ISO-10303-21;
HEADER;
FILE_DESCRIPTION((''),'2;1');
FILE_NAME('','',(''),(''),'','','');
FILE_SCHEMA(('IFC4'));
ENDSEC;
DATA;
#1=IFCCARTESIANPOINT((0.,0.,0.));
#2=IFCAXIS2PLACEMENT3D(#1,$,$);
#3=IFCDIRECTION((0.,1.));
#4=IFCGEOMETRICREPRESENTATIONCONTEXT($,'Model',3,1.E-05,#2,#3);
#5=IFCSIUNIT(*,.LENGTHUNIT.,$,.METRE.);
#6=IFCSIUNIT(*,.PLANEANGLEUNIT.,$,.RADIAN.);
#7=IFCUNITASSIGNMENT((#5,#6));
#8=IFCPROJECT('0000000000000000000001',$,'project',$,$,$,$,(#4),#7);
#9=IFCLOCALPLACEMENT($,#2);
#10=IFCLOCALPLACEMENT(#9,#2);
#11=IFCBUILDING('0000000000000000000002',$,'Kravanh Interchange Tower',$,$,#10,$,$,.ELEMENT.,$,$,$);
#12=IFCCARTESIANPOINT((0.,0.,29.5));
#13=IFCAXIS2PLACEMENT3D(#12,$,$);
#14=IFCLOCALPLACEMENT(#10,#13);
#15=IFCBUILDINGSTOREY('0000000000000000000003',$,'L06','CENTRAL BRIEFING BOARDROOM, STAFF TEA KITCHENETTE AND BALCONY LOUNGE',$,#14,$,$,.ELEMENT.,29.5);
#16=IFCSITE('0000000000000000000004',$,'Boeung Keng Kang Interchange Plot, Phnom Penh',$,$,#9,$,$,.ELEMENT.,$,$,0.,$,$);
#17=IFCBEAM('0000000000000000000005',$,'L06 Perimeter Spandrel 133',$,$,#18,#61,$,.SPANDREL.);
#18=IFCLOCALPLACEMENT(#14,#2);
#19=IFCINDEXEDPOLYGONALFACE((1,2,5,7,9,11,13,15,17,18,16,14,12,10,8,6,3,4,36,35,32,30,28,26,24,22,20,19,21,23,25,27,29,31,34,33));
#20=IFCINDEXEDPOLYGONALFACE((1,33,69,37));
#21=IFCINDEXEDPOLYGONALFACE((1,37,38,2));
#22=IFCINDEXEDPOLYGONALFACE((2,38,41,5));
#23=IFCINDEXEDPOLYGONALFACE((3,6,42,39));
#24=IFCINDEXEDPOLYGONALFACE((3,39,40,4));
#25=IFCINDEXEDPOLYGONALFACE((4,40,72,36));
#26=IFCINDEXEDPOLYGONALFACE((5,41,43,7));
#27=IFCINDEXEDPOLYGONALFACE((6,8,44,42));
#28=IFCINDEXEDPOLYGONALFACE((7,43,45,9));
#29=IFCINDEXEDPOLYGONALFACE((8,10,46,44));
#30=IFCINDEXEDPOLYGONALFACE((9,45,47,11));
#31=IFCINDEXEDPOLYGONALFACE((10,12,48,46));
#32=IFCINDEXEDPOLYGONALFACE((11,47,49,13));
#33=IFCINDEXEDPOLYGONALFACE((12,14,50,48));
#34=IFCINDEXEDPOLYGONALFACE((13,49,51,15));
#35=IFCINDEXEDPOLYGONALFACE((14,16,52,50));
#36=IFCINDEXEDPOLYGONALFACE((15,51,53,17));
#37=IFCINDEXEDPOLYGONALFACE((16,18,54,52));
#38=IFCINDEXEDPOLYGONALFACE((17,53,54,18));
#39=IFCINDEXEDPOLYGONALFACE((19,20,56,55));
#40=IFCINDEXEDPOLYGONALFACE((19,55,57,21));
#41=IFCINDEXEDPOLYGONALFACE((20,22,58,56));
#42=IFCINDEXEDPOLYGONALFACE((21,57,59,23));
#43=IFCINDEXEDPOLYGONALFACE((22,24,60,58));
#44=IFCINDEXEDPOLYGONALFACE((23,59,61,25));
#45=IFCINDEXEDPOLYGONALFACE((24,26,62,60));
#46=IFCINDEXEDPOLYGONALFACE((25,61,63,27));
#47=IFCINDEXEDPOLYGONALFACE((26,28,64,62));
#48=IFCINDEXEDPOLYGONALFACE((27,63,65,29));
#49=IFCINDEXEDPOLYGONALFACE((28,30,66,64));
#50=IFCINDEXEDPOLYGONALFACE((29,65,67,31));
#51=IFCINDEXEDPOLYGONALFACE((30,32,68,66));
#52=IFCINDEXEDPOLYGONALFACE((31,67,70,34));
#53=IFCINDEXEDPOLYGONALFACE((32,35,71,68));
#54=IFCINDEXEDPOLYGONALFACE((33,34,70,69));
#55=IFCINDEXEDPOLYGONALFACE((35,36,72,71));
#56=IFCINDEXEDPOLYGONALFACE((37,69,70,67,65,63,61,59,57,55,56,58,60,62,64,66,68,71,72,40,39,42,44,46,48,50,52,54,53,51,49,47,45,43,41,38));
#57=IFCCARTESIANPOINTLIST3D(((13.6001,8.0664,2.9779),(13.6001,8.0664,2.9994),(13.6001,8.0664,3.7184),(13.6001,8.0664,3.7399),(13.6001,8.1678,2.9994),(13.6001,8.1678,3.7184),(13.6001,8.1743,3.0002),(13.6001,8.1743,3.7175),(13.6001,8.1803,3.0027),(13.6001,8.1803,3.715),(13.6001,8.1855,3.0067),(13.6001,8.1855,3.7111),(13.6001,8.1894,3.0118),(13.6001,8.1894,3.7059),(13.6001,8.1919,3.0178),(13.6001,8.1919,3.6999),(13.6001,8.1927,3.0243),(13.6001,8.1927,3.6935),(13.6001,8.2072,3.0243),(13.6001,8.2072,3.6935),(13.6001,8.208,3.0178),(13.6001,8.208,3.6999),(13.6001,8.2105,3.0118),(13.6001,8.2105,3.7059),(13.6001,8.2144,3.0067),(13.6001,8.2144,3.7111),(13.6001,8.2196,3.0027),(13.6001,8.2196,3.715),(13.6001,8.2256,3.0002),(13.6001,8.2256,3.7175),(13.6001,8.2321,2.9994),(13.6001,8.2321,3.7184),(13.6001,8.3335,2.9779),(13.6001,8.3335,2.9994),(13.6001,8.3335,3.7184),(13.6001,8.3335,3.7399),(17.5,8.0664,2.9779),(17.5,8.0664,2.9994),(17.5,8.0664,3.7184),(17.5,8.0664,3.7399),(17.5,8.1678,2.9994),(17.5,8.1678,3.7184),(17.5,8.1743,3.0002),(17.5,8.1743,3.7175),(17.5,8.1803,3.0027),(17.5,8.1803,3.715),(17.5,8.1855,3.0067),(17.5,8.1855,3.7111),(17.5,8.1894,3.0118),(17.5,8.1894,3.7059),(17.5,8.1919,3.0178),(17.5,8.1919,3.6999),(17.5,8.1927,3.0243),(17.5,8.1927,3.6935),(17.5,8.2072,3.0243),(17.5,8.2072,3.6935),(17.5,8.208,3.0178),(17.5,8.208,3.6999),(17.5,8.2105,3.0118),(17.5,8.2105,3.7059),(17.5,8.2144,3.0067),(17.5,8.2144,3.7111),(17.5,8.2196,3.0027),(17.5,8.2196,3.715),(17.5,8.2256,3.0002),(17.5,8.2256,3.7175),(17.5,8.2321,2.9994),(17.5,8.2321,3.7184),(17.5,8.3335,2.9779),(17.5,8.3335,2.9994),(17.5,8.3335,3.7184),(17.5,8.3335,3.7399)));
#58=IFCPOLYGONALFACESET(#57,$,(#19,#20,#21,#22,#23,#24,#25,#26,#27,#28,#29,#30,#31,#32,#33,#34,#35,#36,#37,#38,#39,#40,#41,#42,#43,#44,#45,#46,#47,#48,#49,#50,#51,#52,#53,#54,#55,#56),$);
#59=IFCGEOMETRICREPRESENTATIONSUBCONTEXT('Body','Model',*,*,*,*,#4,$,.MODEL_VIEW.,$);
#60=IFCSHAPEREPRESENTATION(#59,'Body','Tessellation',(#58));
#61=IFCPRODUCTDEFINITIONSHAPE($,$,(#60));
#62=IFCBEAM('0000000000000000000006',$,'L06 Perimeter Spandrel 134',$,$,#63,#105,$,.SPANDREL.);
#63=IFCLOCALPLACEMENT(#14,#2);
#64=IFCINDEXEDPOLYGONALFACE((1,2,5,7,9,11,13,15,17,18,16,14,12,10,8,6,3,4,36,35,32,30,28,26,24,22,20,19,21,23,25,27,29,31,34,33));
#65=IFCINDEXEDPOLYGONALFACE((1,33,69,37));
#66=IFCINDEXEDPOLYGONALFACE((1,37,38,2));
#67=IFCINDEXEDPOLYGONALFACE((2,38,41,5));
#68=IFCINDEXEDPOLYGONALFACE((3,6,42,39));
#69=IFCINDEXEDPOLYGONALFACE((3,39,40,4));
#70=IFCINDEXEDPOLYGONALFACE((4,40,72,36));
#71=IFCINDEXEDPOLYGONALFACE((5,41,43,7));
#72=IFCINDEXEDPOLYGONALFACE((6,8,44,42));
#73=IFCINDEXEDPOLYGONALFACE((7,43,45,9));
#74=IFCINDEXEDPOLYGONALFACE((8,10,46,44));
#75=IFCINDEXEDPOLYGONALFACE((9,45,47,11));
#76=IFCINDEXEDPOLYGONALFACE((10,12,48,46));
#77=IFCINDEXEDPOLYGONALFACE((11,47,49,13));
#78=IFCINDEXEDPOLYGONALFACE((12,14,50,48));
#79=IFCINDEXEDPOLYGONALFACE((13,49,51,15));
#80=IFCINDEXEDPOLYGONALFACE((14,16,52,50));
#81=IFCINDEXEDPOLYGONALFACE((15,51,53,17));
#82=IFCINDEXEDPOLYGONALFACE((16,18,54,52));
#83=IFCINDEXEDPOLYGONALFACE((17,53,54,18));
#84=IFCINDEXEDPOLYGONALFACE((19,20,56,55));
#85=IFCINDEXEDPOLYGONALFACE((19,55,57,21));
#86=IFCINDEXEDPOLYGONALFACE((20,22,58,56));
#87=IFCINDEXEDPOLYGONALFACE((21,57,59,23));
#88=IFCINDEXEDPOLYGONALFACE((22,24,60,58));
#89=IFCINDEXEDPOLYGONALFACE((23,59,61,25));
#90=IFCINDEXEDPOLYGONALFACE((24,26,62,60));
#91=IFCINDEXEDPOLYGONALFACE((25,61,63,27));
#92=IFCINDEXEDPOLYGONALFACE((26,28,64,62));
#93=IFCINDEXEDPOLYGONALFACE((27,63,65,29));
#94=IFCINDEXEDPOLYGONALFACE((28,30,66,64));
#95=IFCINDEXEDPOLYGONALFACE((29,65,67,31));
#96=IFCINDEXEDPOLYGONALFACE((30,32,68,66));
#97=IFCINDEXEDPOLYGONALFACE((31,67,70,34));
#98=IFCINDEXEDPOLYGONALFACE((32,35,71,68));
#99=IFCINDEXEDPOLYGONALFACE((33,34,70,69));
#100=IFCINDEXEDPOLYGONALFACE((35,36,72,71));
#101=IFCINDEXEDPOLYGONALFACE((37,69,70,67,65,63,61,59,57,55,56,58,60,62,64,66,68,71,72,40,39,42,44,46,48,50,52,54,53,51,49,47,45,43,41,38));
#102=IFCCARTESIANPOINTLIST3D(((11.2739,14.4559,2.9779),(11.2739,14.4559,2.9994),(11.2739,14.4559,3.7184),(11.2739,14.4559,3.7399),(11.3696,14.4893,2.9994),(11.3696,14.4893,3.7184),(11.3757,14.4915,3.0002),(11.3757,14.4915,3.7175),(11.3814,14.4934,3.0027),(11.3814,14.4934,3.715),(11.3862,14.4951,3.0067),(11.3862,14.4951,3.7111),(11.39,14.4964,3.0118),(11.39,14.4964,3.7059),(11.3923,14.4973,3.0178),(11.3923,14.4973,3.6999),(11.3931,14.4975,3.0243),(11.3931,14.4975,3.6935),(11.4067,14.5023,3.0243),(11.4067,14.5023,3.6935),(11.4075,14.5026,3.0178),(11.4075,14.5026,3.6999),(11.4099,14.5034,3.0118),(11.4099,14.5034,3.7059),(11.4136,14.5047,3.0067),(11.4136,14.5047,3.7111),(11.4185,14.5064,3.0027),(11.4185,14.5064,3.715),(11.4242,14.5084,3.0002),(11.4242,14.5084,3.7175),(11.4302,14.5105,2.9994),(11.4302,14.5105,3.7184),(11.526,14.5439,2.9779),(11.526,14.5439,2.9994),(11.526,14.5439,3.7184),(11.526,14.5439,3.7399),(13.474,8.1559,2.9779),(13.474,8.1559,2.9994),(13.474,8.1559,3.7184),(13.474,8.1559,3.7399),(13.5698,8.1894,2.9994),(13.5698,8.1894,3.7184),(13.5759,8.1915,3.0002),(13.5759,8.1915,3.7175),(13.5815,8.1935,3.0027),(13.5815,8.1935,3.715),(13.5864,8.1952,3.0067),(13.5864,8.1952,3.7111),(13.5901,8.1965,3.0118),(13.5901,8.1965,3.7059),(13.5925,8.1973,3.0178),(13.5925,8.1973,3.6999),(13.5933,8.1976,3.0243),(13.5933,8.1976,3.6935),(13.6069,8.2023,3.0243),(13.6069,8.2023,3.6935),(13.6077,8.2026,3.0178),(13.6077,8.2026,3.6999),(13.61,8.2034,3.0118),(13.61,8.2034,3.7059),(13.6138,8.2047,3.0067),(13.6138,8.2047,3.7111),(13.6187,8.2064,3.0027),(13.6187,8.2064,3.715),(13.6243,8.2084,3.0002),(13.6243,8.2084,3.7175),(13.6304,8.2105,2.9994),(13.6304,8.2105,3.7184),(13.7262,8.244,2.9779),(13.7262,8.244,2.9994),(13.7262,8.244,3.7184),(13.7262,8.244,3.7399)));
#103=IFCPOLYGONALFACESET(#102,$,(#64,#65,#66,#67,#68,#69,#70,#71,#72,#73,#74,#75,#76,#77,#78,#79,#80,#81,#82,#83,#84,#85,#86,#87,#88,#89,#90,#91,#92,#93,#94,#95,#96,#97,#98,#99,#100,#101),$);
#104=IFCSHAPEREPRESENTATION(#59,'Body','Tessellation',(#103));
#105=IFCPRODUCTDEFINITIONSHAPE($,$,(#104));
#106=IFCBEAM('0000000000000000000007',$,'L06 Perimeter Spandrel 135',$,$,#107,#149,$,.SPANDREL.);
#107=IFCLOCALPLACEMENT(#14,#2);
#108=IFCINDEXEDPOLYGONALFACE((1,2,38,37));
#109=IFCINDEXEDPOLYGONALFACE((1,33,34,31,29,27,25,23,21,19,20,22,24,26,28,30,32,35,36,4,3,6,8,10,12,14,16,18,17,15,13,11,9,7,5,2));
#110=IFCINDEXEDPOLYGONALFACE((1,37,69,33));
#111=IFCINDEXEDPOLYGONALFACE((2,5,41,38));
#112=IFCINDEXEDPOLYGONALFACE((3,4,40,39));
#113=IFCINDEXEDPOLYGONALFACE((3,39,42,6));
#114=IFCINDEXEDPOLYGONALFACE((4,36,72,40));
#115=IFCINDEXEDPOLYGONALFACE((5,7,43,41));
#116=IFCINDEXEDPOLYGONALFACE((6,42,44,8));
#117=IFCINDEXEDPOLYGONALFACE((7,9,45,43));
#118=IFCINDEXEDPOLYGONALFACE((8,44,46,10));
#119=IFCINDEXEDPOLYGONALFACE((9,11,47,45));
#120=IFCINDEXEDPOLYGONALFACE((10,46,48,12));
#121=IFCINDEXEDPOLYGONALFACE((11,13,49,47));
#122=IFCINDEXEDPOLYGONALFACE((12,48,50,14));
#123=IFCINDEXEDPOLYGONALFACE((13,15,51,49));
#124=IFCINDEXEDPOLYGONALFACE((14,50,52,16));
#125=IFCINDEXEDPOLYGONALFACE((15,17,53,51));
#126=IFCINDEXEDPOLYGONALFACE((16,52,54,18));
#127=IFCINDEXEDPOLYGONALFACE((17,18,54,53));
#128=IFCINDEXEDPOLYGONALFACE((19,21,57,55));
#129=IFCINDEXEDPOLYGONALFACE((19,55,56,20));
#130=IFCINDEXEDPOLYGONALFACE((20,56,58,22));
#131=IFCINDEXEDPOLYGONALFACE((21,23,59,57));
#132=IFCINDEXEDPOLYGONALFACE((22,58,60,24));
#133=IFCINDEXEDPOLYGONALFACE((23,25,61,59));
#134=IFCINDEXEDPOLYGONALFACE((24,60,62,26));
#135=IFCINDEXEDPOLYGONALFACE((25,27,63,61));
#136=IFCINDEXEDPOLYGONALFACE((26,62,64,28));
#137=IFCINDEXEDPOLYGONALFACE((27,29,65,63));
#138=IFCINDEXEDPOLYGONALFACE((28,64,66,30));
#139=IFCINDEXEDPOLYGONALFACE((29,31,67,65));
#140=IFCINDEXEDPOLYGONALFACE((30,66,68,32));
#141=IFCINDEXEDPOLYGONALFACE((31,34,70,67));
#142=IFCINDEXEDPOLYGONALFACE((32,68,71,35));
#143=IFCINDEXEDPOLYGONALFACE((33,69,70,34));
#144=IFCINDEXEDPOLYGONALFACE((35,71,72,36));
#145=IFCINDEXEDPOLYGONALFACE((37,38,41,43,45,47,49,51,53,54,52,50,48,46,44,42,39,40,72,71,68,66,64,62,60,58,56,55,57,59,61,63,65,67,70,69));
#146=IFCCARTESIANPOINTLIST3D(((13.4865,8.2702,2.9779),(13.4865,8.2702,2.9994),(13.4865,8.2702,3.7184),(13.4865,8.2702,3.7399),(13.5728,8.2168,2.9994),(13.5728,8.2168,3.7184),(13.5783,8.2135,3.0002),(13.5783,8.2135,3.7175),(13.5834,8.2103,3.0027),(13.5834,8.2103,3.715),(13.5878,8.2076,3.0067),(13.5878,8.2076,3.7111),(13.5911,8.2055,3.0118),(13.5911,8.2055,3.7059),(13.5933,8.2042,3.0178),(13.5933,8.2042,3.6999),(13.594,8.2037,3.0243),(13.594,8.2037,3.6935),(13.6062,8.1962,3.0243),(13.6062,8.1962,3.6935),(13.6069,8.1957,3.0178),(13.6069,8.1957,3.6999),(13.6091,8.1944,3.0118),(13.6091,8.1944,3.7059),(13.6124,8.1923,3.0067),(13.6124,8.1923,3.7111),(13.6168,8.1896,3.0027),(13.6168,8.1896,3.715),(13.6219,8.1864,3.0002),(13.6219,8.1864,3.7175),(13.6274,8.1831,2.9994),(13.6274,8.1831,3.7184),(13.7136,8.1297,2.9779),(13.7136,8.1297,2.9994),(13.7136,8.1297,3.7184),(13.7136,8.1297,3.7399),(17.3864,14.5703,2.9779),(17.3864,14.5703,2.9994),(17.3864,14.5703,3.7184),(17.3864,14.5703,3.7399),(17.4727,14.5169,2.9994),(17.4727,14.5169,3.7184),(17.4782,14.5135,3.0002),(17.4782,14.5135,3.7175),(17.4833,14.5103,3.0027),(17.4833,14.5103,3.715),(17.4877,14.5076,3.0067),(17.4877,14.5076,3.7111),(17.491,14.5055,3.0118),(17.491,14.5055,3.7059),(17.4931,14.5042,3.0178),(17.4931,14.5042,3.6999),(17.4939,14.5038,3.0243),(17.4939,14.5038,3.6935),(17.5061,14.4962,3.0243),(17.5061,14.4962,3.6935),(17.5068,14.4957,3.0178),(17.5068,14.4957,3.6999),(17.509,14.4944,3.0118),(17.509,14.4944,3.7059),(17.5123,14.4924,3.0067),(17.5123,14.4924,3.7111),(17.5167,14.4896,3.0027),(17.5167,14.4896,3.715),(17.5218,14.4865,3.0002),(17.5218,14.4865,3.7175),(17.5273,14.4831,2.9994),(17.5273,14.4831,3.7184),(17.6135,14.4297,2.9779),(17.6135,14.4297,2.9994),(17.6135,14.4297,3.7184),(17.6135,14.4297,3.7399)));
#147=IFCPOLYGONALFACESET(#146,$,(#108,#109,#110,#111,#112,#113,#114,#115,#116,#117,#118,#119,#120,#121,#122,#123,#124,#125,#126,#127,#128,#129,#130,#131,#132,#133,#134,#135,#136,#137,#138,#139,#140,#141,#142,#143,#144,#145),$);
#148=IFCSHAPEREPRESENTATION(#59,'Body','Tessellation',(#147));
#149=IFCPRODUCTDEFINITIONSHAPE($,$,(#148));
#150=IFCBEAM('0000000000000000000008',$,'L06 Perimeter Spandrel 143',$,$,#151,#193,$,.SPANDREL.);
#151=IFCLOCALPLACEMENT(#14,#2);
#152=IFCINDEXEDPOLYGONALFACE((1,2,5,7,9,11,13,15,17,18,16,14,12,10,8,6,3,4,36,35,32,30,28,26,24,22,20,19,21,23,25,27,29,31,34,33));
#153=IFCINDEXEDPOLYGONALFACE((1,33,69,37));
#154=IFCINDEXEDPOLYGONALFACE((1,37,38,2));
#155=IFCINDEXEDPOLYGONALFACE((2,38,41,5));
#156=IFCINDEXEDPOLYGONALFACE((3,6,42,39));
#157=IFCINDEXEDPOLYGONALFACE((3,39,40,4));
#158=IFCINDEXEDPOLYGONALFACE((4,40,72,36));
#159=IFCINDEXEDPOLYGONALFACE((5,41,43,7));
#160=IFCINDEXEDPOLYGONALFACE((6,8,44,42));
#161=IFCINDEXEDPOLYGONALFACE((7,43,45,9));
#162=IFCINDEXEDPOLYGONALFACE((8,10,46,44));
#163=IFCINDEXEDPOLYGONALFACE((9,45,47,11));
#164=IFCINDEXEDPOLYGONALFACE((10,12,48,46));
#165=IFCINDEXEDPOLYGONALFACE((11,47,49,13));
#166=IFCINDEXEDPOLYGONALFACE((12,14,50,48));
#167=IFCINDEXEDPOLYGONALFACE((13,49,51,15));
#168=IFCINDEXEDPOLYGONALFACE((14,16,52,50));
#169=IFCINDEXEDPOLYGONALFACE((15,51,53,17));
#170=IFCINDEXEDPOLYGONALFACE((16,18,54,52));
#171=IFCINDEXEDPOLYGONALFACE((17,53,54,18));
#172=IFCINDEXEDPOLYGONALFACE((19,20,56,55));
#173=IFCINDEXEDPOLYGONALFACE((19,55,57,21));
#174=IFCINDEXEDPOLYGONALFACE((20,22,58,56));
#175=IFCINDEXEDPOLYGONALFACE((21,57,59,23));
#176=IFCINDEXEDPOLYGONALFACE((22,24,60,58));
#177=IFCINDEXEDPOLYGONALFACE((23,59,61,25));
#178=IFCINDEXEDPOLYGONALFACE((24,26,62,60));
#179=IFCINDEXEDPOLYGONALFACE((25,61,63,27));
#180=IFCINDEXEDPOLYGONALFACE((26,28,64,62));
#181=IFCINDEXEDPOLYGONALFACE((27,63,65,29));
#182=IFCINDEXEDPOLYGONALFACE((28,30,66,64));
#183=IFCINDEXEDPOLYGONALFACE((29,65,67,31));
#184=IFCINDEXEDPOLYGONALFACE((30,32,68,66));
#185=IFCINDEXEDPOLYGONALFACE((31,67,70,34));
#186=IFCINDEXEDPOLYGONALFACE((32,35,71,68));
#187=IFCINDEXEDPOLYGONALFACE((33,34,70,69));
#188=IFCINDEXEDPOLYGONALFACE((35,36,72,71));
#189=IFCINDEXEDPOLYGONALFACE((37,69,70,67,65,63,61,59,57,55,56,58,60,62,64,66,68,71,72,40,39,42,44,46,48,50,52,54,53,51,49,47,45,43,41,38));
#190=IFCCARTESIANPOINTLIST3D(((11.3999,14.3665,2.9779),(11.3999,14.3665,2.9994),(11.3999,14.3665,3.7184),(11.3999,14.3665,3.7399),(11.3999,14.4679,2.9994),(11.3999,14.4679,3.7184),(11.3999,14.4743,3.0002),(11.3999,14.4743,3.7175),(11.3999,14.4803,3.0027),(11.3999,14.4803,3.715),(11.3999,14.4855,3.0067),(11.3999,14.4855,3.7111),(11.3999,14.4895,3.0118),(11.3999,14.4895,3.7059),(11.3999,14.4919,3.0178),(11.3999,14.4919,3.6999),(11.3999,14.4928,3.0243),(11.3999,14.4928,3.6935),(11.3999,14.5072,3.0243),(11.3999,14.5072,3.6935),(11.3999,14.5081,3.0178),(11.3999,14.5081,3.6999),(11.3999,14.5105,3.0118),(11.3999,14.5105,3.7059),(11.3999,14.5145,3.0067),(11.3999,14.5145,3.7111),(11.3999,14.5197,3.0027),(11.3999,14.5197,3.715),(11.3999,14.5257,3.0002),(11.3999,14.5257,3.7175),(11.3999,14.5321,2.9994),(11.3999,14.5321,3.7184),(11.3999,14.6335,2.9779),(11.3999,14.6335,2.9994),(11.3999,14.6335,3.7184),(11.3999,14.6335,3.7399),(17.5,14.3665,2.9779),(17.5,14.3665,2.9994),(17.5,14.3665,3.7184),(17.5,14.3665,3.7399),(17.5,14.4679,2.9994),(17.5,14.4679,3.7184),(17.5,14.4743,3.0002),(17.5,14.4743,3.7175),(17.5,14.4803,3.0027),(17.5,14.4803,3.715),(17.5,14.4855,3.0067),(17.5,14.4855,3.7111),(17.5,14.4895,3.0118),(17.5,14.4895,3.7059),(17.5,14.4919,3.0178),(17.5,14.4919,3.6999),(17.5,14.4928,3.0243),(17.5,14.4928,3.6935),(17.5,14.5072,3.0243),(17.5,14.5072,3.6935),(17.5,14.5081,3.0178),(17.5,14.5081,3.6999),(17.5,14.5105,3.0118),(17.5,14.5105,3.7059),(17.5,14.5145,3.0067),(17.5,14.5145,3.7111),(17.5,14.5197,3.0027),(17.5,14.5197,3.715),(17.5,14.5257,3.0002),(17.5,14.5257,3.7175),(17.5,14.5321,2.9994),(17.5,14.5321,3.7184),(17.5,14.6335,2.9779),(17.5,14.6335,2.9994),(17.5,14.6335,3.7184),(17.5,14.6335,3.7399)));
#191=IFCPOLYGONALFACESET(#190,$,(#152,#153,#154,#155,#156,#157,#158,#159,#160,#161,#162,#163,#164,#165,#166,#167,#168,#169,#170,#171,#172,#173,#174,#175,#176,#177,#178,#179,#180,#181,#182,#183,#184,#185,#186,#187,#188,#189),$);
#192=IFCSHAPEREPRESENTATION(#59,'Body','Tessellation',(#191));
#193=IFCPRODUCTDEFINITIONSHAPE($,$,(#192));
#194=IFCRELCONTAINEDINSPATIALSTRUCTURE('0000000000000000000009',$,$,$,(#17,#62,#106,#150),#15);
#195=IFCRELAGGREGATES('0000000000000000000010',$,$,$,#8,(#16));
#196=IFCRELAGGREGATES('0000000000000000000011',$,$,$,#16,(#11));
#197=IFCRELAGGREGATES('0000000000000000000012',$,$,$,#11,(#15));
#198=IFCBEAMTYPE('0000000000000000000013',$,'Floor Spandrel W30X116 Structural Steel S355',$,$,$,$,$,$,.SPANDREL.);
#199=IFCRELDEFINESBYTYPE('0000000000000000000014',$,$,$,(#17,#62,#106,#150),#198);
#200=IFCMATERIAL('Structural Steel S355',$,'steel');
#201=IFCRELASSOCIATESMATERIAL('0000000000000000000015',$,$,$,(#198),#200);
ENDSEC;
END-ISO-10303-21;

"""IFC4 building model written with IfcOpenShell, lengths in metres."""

from ifc_helpers import new_model, si_unit, direction, frame, origin, origin_2d, place, context, subcontext, project, spatial, i_section, extrude, material, material_profile, profile_set, type_object, element, save


model = new_model("IFC4")

# Units and contexts
model_context = context("Model", 3, precision=1e-05, world=origin(), true_north=direction((0.0, 1.0)))
body_context = subcontext(model_context, "Body", "Model", "MODEL_VIEW")
ifc_project = project(units=[si_unit("LENGTHUNIT", "METRE"), si_unit("PLANEANGLEUNIT", "RADIAN")], contexts=[model_context])

# Site, building, storey
site_placement = place(None, origin())
site = spatial("IfcSite", under=ifc_project, at=site_placement, Name="Boeung Keng Kang Interchange Plot, Phnom Penh", CompositionType="ELEMENT", RefElevation=0.0)
building_placement = place(site_placement, origin())
building = spatial("IfcBuilding", under=site, at=building_placement, Name="Kravanh Interchange Tower", CompositionType="ELEMENT")
storey_placement = place(building_placement, frame((0.0, 0.0, 29.5)))
storey = spatial("IfcBuildingStorey", under=building, at=storey_placement, Name="L06", Description="CENTRAL BRIEFING BOARDROOM, STAFF TEA KITCHENETTE AND BALCONY LOUNGE", CompositionType="ELEMENT", Elevation=29.5)

# Beams
ifc_material_1 = material(Name="Structural Steel S355", Category="steel")
ifc_material_profile_1 = material_profile(ifc_material_1, i_section(OverallWidth=0.2671, OverallDepth=0.762, WebThickness=0.0144, FlangeThickness=0.0215, FilletRadius=0.0249, at=origin_2d()), Name="W30X116")
ifc_profile_set_1 = profile_set([ifc_material_profile_1], Name="Structural Steel S355")
beam_type_1 = type_object("IfcBeamType", Name="Floor Spandrel W30X116 Structural Steel S355", PredefinedType="SPANDREL", material=ifc_profile_set_1)
beam_1_placement = place(storey_placement, frame((13.6001, 8.2, 3.3589), z_axis=(1.0, 0.0, 0.0), x_axis=(0.0, 1.0, 0.0)))
element("IfcBeam", 1, at=beam_1_placement, inside=storey, type_object=beam_type_1, Name="L06 Perimeter Spandrel 133", PredefinedType="SPANDREL", context=body_context, shape_type="SweptSolid", body=[
    extrude(i_section(OverallWidth=0.2671, OverallDepth=0.762, WebThickness=0.0144, FlangeThickness=0.0215, FilletRadius=0.0249, at=origin_2d()), origin(), (0.0, 0.0, 1.0), 3.8999),
])
beam_2_placement = place(storey_placement, frame((13.6001, 8.2, 3.3589), z_axis=(-0.329707, 0.944083, 0.0), x_axis=(-0.944083, -0.329707, 0.0)))
element("IfcBeam", 2, at=beam_2_placement, inside=storey, type_object=beam_type_1, Name="L06 Perimeter Spandrel 134", PredefinedType="SPANDREL", context=body_context, shape_type="SweptSolid", body=[
    extrude(i_section(OverallWidth=0.2671, OverallDepth=0.762, WebThickness=0.0144, FlangeThickness=0.0215, FilletRadius=0.0249, at=origin_2d()), origin(), (0.0, 0.0, 1.0), 6.6731),
])
beam_3_placement = place(storey_placement, frame((13.6001, 8.2, 3.3589), z_axis=(0.526342, 0.850273, 0.0), x_axis=(-0.850273, 0.526342, 0.0)))
element("IfcBeam", 3, at=beam_3_placement, inside=storey, type_object=beam_type_1, Name="L06 Perimeter Spandrel 135", PredefinedType="SPANDREL", context=body_context, shape_type="SweptSolid", body=[
    extrude(i_section(OverallWidth=0.2671, OverallDepth=0.762, WebThickness=0.0144, FlangeThickness=0.0215, FilletRadius=0.0249, at=origin_2d()), origin(), (0.0, 0.0, 1.0), 7.4094),
])
beam_4_placement = place(storey_placement, frame((11.3999, 14.5, 3.3589), z_axis=(1.0, 0.0, 0.0), x_axis=(0.0, 1.0, 0.0)))
element("IfcBeam", 4, at=beam_4_placement, inside=storey, type_object=beam_type_1, Name="L06 Perimeter Spandrel 143", PredefinedType="SPANDREL", context=body_context, shape_type="SweptSolid", body=[
    extrude(i_section(OverallWidth=0.2671, OverallDepth=0.762, WebThickness=0.0144, FlangeThickness=0.0215, FilletRadius=0.0249, at=origin_2d()), origin(), (0.0, 0.0, 1.0), 6.1001),
])

save(model, "model.ifc")
